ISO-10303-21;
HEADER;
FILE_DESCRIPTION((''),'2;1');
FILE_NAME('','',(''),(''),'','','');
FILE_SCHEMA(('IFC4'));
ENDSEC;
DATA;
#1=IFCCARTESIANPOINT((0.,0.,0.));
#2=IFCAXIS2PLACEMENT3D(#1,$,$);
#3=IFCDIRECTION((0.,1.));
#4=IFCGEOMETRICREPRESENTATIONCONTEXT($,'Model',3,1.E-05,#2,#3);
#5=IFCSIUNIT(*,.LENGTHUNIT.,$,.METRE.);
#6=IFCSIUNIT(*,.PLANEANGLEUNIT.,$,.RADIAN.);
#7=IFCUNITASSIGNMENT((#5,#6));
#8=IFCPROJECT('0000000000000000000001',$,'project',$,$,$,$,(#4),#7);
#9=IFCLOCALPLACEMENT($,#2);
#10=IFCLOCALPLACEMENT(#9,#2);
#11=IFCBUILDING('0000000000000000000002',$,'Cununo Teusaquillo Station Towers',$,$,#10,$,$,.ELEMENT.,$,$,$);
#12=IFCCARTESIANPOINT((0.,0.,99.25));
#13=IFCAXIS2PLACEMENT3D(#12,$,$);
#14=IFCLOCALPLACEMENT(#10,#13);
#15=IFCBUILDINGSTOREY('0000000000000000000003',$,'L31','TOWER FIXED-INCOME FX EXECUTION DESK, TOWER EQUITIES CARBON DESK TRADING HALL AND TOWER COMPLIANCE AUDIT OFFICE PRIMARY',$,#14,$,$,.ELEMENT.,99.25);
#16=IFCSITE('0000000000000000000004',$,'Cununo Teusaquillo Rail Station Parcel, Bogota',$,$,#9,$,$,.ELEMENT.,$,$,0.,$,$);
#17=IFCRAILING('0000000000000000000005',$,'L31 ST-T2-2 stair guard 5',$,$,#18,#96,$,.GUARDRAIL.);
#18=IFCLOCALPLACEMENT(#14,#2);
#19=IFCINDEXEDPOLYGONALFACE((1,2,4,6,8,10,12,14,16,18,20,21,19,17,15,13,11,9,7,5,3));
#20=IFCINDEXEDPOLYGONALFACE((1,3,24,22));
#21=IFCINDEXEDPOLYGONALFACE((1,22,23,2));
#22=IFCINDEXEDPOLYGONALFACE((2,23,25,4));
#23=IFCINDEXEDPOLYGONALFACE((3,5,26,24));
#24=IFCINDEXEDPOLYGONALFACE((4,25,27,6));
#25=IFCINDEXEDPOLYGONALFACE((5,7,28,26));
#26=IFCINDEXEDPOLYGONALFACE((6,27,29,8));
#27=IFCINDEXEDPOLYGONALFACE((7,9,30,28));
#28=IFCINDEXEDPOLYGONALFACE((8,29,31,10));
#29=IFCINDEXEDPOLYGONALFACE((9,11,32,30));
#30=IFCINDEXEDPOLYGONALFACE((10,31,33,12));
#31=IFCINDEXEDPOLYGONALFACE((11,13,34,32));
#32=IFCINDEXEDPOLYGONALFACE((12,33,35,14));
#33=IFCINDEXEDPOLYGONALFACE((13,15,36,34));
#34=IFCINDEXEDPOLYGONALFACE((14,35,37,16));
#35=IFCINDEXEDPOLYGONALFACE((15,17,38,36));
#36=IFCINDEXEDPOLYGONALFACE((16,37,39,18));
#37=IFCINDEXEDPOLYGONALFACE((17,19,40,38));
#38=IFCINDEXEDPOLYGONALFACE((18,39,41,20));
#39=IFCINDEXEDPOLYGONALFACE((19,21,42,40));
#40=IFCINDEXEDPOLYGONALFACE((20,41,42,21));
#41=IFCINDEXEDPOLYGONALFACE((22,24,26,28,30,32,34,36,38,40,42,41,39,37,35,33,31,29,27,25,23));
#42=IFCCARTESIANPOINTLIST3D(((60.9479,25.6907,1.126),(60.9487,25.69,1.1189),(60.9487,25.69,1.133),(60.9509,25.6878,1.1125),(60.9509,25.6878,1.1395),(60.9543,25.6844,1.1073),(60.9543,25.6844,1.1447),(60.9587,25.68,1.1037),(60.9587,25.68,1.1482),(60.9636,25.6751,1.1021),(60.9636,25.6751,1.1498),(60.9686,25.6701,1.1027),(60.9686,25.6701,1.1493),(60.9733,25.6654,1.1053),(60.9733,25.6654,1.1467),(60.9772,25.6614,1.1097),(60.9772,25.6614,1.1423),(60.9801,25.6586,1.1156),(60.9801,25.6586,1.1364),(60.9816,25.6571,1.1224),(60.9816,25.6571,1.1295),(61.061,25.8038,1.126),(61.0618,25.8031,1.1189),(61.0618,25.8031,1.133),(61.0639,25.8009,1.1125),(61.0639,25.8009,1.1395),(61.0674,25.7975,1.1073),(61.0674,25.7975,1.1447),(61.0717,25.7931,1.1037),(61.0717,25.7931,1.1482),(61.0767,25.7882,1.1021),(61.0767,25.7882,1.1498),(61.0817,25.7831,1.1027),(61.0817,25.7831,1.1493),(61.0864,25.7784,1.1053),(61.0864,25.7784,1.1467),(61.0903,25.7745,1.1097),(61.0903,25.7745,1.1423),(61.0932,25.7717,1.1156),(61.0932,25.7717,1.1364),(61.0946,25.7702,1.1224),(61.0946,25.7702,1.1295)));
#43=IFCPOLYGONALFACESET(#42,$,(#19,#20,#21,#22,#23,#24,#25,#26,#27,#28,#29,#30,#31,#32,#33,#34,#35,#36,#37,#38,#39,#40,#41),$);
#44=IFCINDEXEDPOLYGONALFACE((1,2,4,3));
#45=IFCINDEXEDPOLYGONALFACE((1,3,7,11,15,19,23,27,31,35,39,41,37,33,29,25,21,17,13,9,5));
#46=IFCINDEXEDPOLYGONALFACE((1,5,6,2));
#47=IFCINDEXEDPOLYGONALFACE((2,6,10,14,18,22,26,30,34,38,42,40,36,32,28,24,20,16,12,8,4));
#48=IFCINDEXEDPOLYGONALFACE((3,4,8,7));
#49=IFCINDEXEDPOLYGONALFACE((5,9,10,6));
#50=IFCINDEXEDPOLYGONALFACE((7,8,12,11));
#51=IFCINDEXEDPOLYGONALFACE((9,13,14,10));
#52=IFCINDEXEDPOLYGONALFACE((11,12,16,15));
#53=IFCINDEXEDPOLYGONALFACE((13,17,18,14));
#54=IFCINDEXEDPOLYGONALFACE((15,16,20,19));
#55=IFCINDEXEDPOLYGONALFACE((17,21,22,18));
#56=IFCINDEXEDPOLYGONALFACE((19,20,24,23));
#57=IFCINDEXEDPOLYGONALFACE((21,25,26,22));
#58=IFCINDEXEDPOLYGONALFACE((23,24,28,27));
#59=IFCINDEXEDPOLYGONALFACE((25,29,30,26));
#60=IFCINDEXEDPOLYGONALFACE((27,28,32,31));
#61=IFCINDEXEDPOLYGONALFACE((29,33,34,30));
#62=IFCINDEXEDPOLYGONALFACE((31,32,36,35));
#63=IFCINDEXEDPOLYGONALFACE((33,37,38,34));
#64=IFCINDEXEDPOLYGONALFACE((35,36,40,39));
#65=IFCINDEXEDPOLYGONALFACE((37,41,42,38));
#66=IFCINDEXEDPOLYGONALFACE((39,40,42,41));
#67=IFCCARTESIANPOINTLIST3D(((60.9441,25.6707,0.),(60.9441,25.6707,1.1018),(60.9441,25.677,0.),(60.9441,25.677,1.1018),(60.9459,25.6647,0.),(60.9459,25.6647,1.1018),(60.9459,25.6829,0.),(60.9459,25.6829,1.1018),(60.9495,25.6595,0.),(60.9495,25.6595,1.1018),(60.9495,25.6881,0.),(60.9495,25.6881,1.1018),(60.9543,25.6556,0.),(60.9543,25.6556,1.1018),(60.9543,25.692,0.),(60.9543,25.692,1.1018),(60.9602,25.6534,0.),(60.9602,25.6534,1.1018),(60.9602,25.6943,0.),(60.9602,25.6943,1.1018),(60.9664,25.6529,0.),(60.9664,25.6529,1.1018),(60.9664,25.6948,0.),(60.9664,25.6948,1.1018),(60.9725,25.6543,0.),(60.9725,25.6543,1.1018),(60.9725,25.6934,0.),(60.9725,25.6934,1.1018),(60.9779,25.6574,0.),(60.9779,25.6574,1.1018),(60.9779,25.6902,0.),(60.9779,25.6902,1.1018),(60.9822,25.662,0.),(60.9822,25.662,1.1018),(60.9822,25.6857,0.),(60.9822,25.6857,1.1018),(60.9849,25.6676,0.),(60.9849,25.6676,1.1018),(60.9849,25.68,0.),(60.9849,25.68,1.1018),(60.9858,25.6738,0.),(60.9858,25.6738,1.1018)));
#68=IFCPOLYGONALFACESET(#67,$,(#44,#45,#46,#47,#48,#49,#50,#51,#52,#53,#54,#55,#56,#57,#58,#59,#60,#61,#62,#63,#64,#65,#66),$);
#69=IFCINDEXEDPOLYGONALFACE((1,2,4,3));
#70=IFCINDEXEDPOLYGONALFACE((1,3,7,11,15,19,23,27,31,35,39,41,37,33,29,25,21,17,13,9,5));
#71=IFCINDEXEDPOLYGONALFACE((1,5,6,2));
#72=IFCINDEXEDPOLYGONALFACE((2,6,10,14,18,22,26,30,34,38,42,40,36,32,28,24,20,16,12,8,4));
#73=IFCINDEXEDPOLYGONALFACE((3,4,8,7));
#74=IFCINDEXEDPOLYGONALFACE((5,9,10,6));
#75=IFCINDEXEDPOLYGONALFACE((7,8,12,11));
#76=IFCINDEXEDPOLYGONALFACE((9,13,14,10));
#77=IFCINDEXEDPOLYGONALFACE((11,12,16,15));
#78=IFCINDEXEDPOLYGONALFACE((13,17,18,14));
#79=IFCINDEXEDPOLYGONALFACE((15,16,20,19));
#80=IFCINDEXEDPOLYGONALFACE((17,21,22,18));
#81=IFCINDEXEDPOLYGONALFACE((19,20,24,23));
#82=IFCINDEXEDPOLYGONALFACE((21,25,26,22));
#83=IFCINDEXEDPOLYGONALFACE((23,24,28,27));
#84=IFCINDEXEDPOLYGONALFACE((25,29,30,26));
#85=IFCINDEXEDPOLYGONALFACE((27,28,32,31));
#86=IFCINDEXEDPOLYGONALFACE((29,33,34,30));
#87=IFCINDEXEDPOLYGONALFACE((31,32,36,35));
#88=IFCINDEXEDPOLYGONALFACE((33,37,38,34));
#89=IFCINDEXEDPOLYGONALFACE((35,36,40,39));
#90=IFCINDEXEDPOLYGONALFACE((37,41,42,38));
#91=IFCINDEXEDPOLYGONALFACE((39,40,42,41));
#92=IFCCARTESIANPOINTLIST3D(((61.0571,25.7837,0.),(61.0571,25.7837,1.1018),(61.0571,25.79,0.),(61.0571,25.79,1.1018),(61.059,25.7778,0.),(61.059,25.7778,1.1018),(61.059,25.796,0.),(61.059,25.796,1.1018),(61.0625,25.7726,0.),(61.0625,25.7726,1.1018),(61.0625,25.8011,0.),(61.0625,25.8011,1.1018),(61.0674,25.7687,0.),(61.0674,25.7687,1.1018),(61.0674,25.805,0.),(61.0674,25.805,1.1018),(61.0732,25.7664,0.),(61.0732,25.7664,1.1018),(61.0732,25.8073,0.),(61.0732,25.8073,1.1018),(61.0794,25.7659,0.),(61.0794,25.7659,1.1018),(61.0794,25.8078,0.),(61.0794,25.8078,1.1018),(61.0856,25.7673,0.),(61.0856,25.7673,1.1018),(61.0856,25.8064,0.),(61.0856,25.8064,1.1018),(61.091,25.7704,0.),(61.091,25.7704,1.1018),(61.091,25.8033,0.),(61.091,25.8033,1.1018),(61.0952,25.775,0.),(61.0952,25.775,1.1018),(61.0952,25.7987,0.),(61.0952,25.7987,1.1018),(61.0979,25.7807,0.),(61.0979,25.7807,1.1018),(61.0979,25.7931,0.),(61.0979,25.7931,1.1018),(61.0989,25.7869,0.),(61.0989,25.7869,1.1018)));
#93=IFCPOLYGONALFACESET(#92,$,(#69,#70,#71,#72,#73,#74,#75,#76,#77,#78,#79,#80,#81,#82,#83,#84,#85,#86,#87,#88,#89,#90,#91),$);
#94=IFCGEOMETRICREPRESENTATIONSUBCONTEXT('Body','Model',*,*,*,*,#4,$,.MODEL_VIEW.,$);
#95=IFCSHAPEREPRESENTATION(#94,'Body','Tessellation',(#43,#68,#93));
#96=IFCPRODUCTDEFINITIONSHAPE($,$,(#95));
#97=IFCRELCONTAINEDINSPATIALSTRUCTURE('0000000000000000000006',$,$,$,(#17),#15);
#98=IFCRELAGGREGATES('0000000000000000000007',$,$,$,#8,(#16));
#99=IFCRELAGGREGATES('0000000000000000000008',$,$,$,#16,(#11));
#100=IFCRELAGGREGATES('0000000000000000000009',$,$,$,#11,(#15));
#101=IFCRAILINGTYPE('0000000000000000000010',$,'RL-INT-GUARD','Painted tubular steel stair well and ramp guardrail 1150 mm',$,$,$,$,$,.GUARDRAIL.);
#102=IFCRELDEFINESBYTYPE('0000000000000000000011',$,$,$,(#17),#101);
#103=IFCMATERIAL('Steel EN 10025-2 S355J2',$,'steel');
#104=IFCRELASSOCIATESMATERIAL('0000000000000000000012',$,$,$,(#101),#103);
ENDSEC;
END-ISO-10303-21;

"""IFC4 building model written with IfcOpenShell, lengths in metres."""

from ifc_helpers import new_model, si_unit, direction, frame, origin, origin_2d, place, context, subcontext, project, spatial, circle, extrude, material, type_object, element, save


model = new_model("IFC4")

# Units and contexts
model_context = context("Model", 3, precision=1e-05, world=origin(), true_north=direction((0.0, 1.0)))
body_context = subcontext(model_context, "Body", "Model", "MODEL_VIEW")
ifc_project = project(units=[si_unit("LENGTHUNIT", "METRE"), si_unit("PLANEANGLEUNIT", "RADIAN")], contexts=[model_context])

# Site, building, storey
site_placement = place(None, origin())
site = spatial("IfcSite", under=ifc_project, at=site_placement, Name="Cununo Teusaquillo Rail Station Parcel, Bogota", CompositionType="ELEMENT", RefElevation=0.0)
building_placement = place(site_placement, origin())
building = spatial("IfcBuilding", under=site, at=building_placement, Name="Cununo Teusaquillo Station Towers", CompositionType="ELEMENT")
storey_placement = place(building_placement, frame((0.0, 0.0, 99.25)))
storey = spatial("IfcBuildingStorey", under=building, at=storey_placement, Name="L31", Description="TOWER FIXED-INCOME FX EXECUTION DESK, TOWER EQUITIES CARBON DESK TRADING HALL AND TOWER COMPLIANCE AUDIT OFFICE PRIMARY", CompositionType="ELEMENT", Elevation=99.25)

# Railing
ifc_material_1 = material(Name="Steel EN 10025-2 S355J2", Category="steel")
railing_type_1 = type_object("IfcRailingType", Name="RL-INT-GUARD", Description="Painted tubular steel stair well and ramp guardrail 1150 mm", PredefinedType="GUARDRAIL", material=ifc_material_1)
railing_1_placement = place(storey_placement, frame((60.9648, 25.6738, 0.0)))
element("IfcRailing", 1, at=railing_1_placement, inside=storey, type_object=railing_type_1, Name="L31 ST-T2-2 stair guard 5", PredefinedType="GUARDRAIL", context=body_context, shape_type="SweptSolid", body=[
    extrude(circle(Radius=0.0239, at=origin_2d()), frame((0.0, 0.0, 1.126), z_axis=(0.707107, 0.707107, 0.0), x_axis=(-0.707107, 0.707107, 0.0)), (0.0, 0.0, 1.0), 0.1599),
    extrude(circle(Radius=0.021, at=origin_2d()), origin(), (0.0, 0.0, 1.0), 1.1018),
    extrude(circle(Radius=0.021, at=origin_2d()), frame((0.113, 0.113, 0.0)), (0.0, 0.0, 1.0), 1.1018),
])

save(model, "model.ifc")
